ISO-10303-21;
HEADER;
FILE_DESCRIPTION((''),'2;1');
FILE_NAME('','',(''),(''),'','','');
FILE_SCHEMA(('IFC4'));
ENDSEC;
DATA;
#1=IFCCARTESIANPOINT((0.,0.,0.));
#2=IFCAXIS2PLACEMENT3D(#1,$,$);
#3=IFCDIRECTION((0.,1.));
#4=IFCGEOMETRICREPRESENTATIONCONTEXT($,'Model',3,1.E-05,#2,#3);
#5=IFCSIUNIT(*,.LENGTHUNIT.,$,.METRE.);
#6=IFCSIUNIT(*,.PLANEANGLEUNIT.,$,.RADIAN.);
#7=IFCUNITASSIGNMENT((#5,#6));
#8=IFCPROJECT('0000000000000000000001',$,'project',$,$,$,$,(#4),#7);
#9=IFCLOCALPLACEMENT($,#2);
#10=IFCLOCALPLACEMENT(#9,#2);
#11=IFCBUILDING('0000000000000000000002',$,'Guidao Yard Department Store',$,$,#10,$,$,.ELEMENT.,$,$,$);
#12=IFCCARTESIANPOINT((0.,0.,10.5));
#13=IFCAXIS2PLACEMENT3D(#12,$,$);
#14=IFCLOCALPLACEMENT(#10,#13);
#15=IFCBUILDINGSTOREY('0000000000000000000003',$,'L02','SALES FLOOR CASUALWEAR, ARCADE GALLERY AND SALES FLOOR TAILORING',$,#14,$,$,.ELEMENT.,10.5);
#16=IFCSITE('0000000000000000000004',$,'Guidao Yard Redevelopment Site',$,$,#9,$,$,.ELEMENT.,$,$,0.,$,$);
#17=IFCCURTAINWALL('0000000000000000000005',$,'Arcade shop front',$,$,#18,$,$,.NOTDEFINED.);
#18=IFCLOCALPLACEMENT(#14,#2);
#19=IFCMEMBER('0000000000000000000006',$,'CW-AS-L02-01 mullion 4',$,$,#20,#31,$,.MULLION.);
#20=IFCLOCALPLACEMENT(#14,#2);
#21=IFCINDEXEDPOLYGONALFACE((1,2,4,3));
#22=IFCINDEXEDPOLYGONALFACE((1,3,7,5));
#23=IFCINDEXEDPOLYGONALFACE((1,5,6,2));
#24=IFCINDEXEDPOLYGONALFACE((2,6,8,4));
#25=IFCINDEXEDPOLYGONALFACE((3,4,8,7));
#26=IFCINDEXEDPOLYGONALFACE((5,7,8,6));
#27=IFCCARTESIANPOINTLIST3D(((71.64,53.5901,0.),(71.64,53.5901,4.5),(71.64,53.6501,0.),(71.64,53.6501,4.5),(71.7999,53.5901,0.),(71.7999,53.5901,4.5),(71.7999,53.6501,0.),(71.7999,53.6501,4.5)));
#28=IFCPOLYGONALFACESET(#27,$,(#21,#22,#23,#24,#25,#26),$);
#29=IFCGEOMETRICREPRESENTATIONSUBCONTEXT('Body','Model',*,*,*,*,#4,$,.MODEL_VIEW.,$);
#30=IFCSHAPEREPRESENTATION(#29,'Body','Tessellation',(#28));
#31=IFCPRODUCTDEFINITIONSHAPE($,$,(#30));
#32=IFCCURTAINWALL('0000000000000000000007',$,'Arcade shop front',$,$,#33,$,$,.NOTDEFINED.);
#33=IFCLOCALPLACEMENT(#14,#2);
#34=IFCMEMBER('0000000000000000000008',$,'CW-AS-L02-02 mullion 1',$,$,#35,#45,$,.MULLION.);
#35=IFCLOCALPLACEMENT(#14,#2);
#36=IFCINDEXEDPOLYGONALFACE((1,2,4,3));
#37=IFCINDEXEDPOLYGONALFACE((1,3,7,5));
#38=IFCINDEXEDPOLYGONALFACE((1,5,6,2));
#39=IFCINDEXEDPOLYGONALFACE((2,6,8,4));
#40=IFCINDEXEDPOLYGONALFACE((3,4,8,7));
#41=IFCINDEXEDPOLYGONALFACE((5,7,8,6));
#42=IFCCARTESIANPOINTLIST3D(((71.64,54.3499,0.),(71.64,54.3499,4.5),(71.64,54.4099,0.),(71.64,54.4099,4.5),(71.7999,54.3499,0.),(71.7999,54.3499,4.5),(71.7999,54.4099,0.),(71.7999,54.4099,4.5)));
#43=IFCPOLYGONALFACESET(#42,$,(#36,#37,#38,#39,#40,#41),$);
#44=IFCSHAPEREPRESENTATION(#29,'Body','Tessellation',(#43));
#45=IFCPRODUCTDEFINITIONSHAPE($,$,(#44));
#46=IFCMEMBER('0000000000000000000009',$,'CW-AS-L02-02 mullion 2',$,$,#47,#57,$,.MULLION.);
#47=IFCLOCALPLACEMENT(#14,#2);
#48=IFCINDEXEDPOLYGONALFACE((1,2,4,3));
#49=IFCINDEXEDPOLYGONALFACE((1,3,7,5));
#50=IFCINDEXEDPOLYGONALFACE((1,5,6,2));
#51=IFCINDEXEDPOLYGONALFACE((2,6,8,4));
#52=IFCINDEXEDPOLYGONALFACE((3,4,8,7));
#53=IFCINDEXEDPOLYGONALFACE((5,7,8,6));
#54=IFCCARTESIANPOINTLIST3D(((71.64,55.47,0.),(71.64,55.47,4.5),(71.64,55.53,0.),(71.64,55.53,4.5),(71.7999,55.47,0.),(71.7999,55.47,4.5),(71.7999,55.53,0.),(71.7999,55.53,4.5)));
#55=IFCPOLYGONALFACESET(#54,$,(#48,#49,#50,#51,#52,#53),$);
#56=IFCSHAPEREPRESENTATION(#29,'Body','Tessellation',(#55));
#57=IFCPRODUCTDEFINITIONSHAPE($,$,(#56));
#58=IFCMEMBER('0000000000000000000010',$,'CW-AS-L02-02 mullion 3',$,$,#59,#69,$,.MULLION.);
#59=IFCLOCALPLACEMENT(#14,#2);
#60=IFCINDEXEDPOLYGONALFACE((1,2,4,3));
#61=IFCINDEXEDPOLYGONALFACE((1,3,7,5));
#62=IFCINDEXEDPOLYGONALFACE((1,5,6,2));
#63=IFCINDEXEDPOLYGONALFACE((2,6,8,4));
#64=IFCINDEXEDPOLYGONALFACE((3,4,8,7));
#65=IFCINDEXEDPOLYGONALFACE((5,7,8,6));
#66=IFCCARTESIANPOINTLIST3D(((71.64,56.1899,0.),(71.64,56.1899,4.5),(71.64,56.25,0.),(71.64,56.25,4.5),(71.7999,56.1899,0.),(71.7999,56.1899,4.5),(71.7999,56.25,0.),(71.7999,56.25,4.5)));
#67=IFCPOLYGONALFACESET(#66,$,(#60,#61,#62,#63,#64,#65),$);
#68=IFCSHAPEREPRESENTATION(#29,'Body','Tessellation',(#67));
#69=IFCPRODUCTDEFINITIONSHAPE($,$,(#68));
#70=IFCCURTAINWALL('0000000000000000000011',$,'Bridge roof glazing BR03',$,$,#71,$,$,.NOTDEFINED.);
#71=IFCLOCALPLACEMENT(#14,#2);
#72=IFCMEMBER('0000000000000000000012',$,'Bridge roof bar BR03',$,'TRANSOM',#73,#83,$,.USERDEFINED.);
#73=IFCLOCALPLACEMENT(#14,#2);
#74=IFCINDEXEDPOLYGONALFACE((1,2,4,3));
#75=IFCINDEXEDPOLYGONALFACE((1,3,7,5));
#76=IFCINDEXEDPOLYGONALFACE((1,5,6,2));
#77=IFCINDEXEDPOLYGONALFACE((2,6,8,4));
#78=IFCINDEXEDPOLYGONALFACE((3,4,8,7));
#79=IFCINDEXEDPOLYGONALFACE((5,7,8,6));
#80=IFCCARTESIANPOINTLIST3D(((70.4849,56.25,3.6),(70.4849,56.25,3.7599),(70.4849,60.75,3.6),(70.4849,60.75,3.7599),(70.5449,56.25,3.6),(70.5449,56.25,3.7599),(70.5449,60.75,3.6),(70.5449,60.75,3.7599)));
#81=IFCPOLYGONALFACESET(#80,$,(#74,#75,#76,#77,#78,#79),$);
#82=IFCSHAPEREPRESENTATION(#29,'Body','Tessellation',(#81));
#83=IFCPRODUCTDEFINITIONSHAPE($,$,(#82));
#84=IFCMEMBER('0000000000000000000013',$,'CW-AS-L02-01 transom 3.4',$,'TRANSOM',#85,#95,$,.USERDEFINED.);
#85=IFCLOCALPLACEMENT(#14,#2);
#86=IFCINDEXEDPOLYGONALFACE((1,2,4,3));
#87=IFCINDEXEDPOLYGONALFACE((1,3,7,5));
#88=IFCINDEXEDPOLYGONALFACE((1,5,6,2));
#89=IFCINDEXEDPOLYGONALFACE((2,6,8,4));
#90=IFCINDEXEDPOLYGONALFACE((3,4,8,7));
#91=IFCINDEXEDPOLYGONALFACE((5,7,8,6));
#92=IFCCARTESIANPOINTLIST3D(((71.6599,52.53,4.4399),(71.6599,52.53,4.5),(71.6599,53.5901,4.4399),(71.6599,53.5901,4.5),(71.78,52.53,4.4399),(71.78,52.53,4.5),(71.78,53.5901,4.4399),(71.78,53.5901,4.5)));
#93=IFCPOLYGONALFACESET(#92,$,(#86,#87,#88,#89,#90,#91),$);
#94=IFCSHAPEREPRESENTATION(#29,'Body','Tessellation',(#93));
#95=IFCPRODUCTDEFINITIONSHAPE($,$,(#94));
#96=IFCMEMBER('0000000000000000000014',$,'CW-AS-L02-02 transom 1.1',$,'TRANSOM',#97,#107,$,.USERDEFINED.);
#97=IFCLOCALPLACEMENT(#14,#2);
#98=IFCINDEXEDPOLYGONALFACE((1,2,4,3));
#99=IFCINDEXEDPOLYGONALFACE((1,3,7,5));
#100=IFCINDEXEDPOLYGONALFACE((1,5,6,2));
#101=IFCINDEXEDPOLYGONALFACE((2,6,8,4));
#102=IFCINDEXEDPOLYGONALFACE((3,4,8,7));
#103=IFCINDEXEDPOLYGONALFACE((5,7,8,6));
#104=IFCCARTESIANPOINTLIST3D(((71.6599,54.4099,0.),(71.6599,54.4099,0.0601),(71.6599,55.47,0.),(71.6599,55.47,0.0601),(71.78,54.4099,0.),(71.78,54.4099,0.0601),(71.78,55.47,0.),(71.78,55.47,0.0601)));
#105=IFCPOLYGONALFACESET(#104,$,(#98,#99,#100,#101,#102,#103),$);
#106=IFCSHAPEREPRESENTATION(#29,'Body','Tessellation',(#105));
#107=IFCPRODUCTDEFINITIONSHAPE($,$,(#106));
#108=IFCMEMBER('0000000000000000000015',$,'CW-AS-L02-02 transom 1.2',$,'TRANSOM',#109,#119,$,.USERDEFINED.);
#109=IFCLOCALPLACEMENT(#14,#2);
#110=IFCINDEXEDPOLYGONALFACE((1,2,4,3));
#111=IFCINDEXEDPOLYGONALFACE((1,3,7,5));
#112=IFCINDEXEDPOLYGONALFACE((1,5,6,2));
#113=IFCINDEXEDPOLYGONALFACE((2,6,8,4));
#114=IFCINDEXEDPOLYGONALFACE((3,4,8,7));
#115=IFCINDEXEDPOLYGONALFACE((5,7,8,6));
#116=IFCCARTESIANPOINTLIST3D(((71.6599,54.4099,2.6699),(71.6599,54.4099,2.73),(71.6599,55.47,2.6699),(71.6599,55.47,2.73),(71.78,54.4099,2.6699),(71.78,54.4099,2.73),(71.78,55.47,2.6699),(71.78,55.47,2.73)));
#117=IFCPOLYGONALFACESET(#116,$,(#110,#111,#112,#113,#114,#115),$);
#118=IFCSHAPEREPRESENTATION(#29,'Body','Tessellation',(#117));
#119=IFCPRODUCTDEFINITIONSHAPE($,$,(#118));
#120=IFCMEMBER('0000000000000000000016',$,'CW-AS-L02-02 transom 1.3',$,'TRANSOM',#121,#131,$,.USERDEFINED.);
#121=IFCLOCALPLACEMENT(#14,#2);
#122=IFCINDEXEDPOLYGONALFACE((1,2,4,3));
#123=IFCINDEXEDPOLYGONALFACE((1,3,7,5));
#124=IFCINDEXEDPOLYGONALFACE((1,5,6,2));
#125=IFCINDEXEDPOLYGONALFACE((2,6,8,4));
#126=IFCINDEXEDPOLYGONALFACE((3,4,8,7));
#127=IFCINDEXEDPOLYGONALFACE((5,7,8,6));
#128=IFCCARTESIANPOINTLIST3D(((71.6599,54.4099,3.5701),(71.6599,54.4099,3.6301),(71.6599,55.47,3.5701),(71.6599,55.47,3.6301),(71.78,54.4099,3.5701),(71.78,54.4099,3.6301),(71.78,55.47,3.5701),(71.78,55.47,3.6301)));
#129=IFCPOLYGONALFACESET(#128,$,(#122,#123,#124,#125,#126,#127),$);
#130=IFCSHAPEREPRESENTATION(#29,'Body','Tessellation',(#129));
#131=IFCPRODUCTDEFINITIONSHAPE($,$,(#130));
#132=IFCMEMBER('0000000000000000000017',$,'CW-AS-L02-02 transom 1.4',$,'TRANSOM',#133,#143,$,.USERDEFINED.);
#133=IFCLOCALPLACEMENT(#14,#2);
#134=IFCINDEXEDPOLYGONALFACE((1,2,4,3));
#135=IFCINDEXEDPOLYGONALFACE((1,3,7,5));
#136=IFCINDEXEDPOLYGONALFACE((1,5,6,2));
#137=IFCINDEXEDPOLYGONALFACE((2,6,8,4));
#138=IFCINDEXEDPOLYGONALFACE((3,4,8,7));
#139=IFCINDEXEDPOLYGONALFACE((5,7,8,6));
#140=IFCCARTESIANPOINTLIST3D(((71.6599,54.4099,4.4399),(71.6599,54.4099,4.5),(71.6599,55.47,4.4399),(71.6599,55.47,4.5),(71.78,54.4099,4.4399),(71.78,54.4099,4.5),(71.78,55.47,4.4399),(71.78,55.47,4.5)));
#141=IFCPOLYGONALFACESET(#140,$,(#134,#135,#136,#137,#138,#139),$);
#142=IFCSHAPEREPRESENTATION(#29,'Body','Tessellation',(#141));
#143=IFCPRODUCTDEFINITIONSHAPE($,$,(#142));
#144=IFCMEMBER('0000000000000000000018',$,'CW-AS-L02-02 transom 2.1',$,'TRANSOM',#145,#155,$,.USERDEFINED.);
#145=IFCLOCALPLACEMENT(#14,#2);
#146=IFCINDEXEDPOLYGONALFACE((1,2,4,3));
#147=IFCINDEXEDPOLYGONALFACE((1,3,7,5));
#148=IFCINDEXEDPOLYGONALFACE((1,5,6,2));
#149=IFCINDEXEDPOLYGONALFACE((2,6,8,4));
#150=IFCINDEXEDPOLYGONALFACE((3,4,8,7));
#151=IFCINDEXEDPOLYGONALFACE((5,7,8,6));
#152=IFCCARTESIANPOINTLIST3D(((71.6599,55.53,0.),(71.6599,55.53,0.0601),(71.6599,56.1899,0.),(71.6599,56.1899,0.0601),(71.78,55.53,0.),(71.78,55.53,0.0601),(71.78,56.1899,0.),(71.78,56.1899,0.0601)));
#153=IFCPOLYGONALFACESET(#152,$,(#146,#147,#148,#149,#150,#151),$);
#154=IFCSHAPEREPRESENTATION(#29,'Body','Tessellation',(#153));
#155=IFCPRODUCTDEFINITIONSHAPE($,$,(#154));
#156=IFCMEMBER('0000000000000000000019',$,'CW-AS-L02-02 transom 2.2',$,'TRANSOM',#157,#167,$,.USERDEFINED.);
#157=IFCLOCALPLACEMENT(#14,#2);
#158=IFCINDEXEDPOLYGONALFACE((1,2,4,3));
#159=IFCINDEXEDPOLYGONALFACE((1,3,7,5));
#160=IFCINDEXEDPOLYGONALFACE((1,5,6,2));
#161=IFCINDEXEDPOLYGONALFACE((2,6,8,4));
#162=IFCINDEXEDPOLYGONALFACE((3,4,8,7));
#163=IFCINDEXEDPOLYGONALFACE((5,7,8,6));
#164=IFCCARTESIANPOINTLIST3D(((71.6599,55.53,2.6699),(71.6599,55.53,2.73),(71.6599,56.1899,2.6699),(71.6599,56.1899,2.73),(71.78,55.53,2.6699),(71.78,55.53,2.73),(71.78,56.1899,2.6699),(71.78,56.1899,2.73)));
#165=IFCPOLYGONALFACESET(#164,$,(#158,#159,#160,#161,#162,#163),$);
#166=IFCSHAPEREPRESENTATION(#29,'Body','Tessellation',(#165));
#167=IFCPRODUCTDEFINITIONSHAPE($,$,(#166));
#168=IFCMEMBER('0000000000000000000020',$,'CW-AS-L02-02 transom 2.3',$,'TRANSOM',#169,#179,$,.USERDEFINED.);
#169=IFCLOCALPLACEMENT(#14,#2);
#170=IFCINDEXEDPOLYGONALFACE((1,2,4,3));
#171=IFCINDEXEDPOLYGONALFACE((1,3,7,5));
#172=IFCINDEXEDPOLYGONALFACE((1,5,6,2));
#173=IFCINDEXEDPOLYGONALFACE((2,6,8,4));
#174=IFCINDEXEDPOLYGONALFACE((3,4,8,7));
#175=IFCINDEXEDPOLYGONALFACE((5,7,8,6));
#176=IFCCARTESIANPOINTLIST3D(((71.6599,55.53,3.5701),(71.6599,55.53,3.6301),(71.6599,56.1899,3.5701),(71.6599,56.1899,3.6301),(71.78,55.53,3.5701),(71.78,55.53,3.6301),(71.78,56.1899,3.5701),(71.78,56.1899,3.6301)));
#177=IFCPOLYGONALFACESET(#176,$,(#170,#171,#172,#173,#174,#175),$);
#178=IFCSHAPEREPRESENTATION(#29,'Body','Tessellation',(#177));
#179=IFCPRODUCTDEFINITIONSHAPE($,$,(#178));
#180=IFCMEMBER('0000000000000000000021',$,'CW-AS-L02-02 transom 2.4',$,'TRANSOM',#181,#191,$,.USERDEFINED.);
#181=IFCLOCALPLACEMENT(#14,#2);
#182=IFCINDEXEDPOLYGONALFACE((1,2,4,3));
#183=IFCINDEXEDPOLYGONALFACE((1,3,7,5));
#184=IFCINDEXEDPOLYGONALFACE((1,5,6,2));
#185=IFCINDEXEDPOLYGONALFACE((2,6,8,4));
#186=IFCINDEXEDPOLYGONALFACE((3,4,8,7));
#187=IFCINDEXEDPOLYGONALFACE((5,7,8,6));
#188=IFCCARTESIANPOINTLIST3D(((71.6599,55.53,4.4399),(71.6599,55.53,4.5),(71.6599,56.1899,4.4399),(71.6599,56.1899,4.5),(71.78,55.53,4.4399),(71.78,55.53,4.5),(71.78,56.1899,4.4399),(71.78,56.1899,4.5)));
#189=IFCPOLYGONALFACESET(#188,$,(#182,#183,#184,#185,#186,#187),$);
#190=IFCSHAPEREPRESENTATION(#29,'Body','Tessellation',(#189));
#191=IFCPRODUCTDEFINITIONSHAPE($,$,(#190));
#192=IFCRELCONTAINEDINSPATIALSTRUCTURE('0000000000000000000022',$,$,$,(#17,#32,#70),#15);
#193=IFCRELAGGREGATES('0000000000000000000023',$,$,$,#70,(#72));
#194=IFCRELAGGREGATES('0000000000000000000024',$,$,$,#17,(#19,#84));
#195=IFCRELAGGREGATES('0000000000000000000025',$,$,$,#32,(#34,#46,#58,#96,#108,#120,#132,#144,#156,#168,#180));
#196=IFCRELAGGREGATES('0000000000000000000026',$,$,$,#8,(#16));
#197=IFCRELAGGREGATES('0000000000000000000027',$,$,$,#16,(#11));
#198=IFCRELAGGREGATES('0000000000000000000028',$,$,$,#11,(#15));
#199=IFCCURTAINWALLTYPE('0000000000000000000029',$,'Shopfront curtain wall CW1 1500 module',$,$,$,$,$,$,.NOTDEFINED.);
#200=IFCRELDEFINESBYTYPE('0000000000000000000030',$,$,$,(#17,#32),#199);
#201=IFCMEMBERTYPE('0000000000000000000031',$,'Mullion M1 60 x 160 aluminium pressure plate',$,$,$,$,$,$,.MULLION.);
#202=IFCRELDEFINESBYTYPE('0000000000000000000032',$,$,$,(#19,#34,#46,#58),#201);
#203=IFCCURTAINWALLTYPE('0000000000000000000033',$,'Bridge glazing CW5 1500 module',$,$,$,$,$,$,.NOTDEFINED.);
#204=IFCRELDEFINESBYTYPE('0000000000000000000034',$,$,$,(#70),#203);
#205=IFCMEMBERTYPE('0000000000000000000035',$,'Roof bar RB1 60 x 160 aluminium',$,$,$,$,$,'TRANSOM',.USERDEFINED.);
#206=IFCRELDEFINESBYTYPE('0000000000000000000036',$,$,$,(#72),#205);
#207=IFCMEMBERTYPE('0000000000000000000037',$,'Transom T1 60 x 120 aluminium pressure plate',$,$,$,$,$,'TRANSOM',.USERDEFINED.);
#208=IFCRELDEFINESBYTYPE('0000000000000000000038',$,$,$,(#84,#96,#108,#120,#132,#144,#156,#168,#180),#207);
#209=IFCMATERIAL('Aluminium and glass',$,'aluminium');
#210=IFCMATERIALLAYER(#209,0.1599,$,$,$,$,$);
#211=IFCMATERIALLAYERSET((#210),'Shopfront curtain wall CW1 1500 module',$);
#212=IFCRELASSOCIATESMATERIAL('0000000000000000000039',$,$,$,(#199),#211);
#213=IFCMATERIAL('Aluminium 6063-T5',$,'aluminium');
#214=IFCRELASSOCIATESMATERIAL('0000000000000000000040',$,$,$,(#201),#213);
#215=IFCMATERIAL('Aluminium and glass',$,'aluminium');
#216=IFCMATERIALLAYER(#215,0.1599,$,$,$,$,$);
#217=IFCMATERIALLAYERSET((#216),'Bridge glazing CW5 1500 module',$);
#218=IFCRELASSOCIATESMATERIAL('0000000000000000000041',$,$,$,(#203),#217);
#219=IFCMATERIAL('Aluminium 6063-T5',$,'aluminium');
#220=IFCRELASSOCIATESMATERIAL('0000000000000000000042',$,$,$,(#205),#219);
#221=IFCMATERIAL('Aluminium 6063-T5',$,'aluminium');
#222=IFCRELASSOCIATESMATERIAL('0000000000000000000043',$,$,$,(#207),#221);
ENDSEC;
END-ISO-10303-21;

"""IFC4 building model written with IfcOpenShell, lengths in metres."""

from ifc_helpers import new_model, si_unit, direction, frame, origin, origin_2d, place, context, subcontext, project, spatial, rectangle, extrude, material, layer, layer_set, material_profile, profile_set, type_object, element, aggregate, save


model = new_model("IFC4")

# Units and contexts
model_context = context("Model", 3, precision=1e-05, world=origin(), true_north=direction((0.0, 1.0)))
body_context = subcontext(model_context, "Body", "Model", "MODEL_VIEW")
ifc_project = project(units=[si_unit("LENGTHUNIT", "METRE"), si_unit("PLANEANGLEUNIT", "RADIAN")], contexts=[model_context])

# Site, building, storey
site_placement = place(None, origin())
site = spatial("IfcSite", under=ifc_project, at=site_placement, Name="Guidao Yard Redevelopment Site", CompositionType="ELEMENT", RefElevation=0.0)
building_placement = place(site_placement, origin())
building = spatial("IfcBuilding", under=site, at=building_placement, Name="Guidao Yard Department Store", CompositionType="ELEMENT")
storey_placement = place(building_placement, frame((0.0, 0.0, 10.5)))
storey = spatial("IfcBuildingStorey", under=building, at=storey_placement, Name="L02", Description="SALES FLOOR CASUALWEAR, ARCADE GALLERY AND SALES FLOOR TAILORING", CompositionType="ELEMENT", Elevation=10.5)

# Curtain wall, member
ifc_material_1 = material(Name="Aluminium and glass", Category="aluminium")
ifc_layer_1 = layer(ifc_material_1, 0.1599)
ifc_layer_set_1 = layer_set([ifc_layer_1], Name="Shopfront curtain wall CW1 1500 module")
curtain_wall_type_1 = type_object("IfcCurtainWallType", Name="Shopfront curtain wall CW1 1500 module", PredefinedType="NOTDEFINED", material=ifc_layer_set_1)
curtain_wall_1_placement = place(storey_placement, origin())
curtain_wall_1 = element("IfcCurtainWall", 1, at=curtain_wall_1_placement, inside=storey, type_object=curtain_wall_type_1, Name="Arcade shop front", PredefinedType="NOTDEFINED")
ifc_material_2 = material(Name="Aluminium 6063-T5", Category="aluminium")
ifc_material_profile_1 = material_profile(ifc_material_2, rectangle(XDim=0.0601, YDim=0.1599, at=origin_2d()), Name="Mullion M1 60 x 160 aluminium pressure plate")
ifc_profile_set_1 = profile_set([ifc_material_profile_1], Name="Aluminium 6063-T5")
member_type_1 = type_object("IfcMemberType", Name="Mullion M1 60 x 160 aluminium pressure plate", PredefinedType="MULLION", material=ifc_profile_set_1)
member_1_placement = place(storey_placement, frame((71.72, 53.6201, 0.0), z_axis=(0.0, 0.0, 1.0), x_axis=(0.0, 1.0, 0.0)))
member_1 = element("IfcMember", 2, at=member_1_placement, type_object=member_type_1, Name="CW-AS-L02-01 mullion 4", PredefinedType="MULLION", context=body_context, shape_type="SweptSolid", body=[
    extrude(rectangle(XDim=0.0601, YDim=0.1599, at=origin_2d()), origin(), (0.0, 0.0, 1.0), 4.5),
])

# Curtain wall, members
curtain_wall_2_placement = place(storey_placement, origin())
curtain_wall_2 = element("IfcCurtainWall", 3, at=curtain_wall_2_placement, inside=storey, type_object=curtain_wall_type_1, Name="Arcade shop front", PredefinedType="NOTDEFINED")
member_2_placement = place(storey_placement, frame((71.72, 54.3799, 0.0), z_axis=(0.0, 0.0, 1.0), x_axis=(0.0, 1.0, 0.0)))
member_2 = element("IfcMember", 4, at=member_2_placement, type_object=member_type_1, Name="CW-AS-L02-02 mullion 1", PredefinedType="MULLION", context=body_context, shape_type="SweptSolid", body=[
    extrude(rectangle(XDim=0.0601, YDim=0.1599, at=origin_2d()), origin(), (0.0, 0.0, 1.0), 4.5),
])
member_3_placement = place(storey_placement, frame((71.72, 55.5, 0.0), z_axis=(0.0, 0.0, 1.0), x_axis=(0.0, 1.0, 0.0)))
member_3 = element("IfcMember", 5, at=member_3_placement, type_object=member_type_1, Name="CW-AS-L02-02 mullion 2", PredefinedType="MULLION", context=body_context, shape_type="SweptSolid", body=[
    extrude(rectangle(XDim=0.0601, YDim=0.1599, at=origin_2d()), origin(), (0.0, 0.0, 1.0), 4.5),
])
member_4_placement = place(storey_placement, frame((71.72, 56.22, 0.0), z_axis=(0.0, 0.0, 1.0), x_axis=(0.0, 1.0, 0.0)))
member_4 = element("IfcMember", 6, at=member_4_placement, type_object=member_type_1, Name="CW-AS-L02-02 mullion 3", PredefinedType="MULLION", context=body_context, shape_type="SweptSolid", body=[
    extrude(rectangle(XDim=0.0601, YDim=0.1599, at=origin_2d()), origin(), (0.0, 0.0, 1.0), 4.5),
])

# Curtain wall, member
ifc_material_3 = material(Name="Aluminium and glass", Category="aluminium")
ifc_layer_2 = layer(ifc_material_3, 0.1599)
ifc_layer_set_2 = layer_set([ifc_layer_2], Name="Bridge glazing CW5 1500 module")
curtain_wall_type_2 = type_object("IfcCurtainWallType", Name="Bridge glazing CW5 1500 module", PredefinedType="NOTDEFINED", material=ifc_layer_set_2)
curtain_wall_3_placement = place(storey_placement, origin())
curtain_wall_3 = element("IfcCurtainWall", 7, at=curtain_wall_3_placement, inside=storey, type_object=curtain_wall_type_2, Name="Bridge roof glazing BR03", PredefinedType="NOTDEFINED")
ifc_material_4 = material(Name="Aluminium 6063-T5", Category="aluminium")
ifc_material_profile_2 = material_profile(ifc_material_4, rectangle(XDim=0.0601, YDim=0.1599, at=origin_2d()), Name="Roof bar RB1 60 x 160 aluminium")
ifc_profile_set_2 = profile_set([ifc_material_profile_2], Name="Aluminium 6063-T5")
member_type_2 = type_object("IfcMemberType", Name="Roof bar RB1 60 x 160 aluminium", ElementType="TRANSOM", PredefinedType="USERDEFINED", material=ifc_profile_set_2)
member_5_placement = place(storey_placement, frame((70.5149, 56.25, 3.6799), z_axis=(0.0, 1.0, 0.0), x_axis=(-1.0, 0.0, 0.0)))
member_5 = element("IfcMember", 8, at=member_5_placement, type_object=member_type_2, Name="Bridge roof bar BR03", ObjectType="TRANSOM", PredefinedType="USERDEFINED", context=body_context, shape_type="SweptSolid", body=[
    extrude(rectangle(XDim=0.0601, YDim=0.1599, at=origin_2d()), origin(), (0.0, 0.0, 1.0), 4.5),
])
aggregate(curtain_wall_3, [member_5])

# Members
ifc_material_5 = material(Name="Aluminium 6063-T5", Category="aluminium")
ifc_material_profile_3 = material_profile(ifc_material_5, rectangle(XDim=0.1201, YDim=0.0601, at=origin_2d()), Name="Transom T1 60 x 120 aluminium pressure plate")
ifc_profile_set_3 = profile_set([ifc_material_profile_3], Name="Aluminium 6063-T5")
member_type_3 = type_object("IfcMemberType", Name="Transom T1 60 x 120 aluminium pressure plate", ElementType="TRANSOM", PredefinedType="USERDEFINED", material=ifc_profile_set_3)
member_6_placement = place(storey_placement, frame((71.72, 52.53, 4.47), z_axis=(0.0, 1.0, 0.0), x_axis=(-1.0, 0.0, 0.0)))
member_6 = element("IfcMember", 9, at=member_6_placement, type_object=member_type_3, Name="CW-AS-L02-01 transom 3.4", ObjectType="TRANSOM", PredefinedType="USERDEFINED", context=body_context, shape_type="SweptSolid", body=[
    extrude(rectangle(XDim=0.1201, YDim=0.0601, at=origin_2d()), origin(), (0.0, 0.0, 1.0), 1.0601),
])
member_7_placement = place(storey_placement, frame((71.72, 54.4099, 0.03), z_axis=(0.0, 1.0, 0.0), x_axis=(-1.0, 0.0, 0.0)))
member_7 = element("IfcMember", 10, at=member_7_placement, type_object=member_type_3, Name="CW-AS-L02-02 transom 1.1", ObjectType="TRANSOM", PredefinedType="USERDEFINED", context=body_context, shape_type="SweptSolid", body=[
    extrude(rectangle(XDim=0.1201, YDim=0.0601, at=origin_2d()), origin(), (0.0, 0.0, 1.0), 1.0601),
])
member_8_placement = place(storey_placement, frame((71.72, 54.4099, 2.7), z_axis=(0.0, 1.0, 0.0), x_axis=(-1.0, 0.0, 0.0)))
member_8 = element("IfcMember", 11, at=member_8_placement, type_object=member_type_3, Name="CW-AS-L02-02 transom 1.2", ObjectType="TRANSOM", PredefinedType="USERDEFINED", context=body_context, shape_type="SweptSolid", body=[
    extrude(rectangle(XDim=0.1201, YDim=0.0601, at=origin_2d()), origin(), (0.0, 0.0, 1.0), 1.0601),
])
member_9_placement = place(storey_placement, frame((71.72, 54.4099, 3.6001), z_axis=(0.0, 1.0, 0.0), x_axis=(-1.0, 0.0, 0.0)))
member_9 = element("IfcMember", 12, at=member_9_placement, type_object=member_type_3, Name="CW-AS-L02-02 transom 1.3", ObjectType="TRANSOM", PredefinedType="USERDEFINED", context=body_context, shape_type="SweptSolid", body=[
    extrude(rectangle(XDim=0.1201, YDim=0.0601, at=origin_2d()), origin(), (0.0, 0.0, 1.0), 1.0601),
])
member_10_placement = place(storey_placement, frame((71.72, 54.4099, 4.47), z_axis=(0.0, 1.0, 0.0), x_axis=(-1.0, 0.0, 0.0)))
member_10 = element("IfcMember", 13, at=member_10_placement, type_object=member_type_3, Name="CW-AS-L02-02 transom 1.4", ObjectType="TRANSOM", PredefinedType="USERDEFINED", context=body_context, shape_type="SweptSolid", body=[
    extrude(rectangle(XDim=0.1201, YDim=0.0601, at=origin_2d()), origin(), (0.0, 0.0, 1.0), 1.0601),
])
member_11_placement = place(storey_placement, frame((71.72, 55.53, 0.03), z_axis=(0.0, 1.0, 0.0), x_axis=(-1.0, 0.0, 0.0)))
member_11 = element("IfcMember", 14, at=member_11_placement, type_object=member_type_3, Name="CW-AS-L02-02 transom 2.1", ObjectType="TRANSOM", PredefinedType="USERDEFINED", context=body_context, shape_type="SweptSolid", body=[
    extrude(rectangle(XDim=0.1201, YDim=0.0601, at=origin_2d()), origin(), (0.0, 0.0, 1.0), 0.6599),
])
member_12_placement = place(storey_placement, frame((71.72, 55.53, 2.7), z_axis=(0.0, 1.0, 0.0), x_axis=(-1.0, 0.0, 0.0)))
member_12 = element("IfcMember", 15, at=member_12_placement, type_object=member_type_3, Name="CW-AS-L02-02 transom 2.2", ObjectType="TRANSOM", PredefinedType="USERDEFINED", context=body_context, shape_type="SweptSolid", body=[
    extrude(rectangle(XDim=0.1201, YDim=0.0601, at=origin_2d()), origin(), (0.0, 0.0, 1.0), 0.6599),
])
member_13_placement = place(storey_placement, frame((71.72, 55.53, 3.6001), z_axis=(0.0, 1.0, 0.0), x_axis=(-1.0, 0.0, 0.0)))
member_13 = element("IfcMember", 16, at=member_13_placement, type_object=member_type_3, Name="CW-AS-L02-02 transom 2.3", ObjectType="TRANSOM", PredefinedType="USERDEFINED", context=body_context, shape_type="SweptSolid", body=[
    extrude(rectangle(XDim=0.1201, YDim=0.0601, at=origin_2d()), origin(), (0.0, 0.0, 1.0), 0.6599),
])
member_14_placement = place(storey_placement, frame((71.72, 55.53, 4.47), z_axis=(0.0, 1.0, 0.0), x_axis=(-1.0, 0.0, 0.0)))
member_14 = element("IfcMember", 17, at=member_14_placement, type_object=member_type_3, Name="CW-AS-L02-02 transom 2.4", ObjectType="TRANSOM", PredefinedType="USERDEFINED", context=body_context, shape_type="SweptSolid", body=[
    extrude(rectangle(XDim=0.1201, YDim=0.0601, at=origin_2d()), origin(), (0.0, 0.0, 1.0), 0.6599),
])

aggregate(curtain_wall_1, [member_1, member_6])
aggregate(curtain_wall_2, [member_2, member_3, member_4, member_7, member_8, member_9, member_10, member_11, member_12, member_13, member_14])

save(model, "model.ifc")
